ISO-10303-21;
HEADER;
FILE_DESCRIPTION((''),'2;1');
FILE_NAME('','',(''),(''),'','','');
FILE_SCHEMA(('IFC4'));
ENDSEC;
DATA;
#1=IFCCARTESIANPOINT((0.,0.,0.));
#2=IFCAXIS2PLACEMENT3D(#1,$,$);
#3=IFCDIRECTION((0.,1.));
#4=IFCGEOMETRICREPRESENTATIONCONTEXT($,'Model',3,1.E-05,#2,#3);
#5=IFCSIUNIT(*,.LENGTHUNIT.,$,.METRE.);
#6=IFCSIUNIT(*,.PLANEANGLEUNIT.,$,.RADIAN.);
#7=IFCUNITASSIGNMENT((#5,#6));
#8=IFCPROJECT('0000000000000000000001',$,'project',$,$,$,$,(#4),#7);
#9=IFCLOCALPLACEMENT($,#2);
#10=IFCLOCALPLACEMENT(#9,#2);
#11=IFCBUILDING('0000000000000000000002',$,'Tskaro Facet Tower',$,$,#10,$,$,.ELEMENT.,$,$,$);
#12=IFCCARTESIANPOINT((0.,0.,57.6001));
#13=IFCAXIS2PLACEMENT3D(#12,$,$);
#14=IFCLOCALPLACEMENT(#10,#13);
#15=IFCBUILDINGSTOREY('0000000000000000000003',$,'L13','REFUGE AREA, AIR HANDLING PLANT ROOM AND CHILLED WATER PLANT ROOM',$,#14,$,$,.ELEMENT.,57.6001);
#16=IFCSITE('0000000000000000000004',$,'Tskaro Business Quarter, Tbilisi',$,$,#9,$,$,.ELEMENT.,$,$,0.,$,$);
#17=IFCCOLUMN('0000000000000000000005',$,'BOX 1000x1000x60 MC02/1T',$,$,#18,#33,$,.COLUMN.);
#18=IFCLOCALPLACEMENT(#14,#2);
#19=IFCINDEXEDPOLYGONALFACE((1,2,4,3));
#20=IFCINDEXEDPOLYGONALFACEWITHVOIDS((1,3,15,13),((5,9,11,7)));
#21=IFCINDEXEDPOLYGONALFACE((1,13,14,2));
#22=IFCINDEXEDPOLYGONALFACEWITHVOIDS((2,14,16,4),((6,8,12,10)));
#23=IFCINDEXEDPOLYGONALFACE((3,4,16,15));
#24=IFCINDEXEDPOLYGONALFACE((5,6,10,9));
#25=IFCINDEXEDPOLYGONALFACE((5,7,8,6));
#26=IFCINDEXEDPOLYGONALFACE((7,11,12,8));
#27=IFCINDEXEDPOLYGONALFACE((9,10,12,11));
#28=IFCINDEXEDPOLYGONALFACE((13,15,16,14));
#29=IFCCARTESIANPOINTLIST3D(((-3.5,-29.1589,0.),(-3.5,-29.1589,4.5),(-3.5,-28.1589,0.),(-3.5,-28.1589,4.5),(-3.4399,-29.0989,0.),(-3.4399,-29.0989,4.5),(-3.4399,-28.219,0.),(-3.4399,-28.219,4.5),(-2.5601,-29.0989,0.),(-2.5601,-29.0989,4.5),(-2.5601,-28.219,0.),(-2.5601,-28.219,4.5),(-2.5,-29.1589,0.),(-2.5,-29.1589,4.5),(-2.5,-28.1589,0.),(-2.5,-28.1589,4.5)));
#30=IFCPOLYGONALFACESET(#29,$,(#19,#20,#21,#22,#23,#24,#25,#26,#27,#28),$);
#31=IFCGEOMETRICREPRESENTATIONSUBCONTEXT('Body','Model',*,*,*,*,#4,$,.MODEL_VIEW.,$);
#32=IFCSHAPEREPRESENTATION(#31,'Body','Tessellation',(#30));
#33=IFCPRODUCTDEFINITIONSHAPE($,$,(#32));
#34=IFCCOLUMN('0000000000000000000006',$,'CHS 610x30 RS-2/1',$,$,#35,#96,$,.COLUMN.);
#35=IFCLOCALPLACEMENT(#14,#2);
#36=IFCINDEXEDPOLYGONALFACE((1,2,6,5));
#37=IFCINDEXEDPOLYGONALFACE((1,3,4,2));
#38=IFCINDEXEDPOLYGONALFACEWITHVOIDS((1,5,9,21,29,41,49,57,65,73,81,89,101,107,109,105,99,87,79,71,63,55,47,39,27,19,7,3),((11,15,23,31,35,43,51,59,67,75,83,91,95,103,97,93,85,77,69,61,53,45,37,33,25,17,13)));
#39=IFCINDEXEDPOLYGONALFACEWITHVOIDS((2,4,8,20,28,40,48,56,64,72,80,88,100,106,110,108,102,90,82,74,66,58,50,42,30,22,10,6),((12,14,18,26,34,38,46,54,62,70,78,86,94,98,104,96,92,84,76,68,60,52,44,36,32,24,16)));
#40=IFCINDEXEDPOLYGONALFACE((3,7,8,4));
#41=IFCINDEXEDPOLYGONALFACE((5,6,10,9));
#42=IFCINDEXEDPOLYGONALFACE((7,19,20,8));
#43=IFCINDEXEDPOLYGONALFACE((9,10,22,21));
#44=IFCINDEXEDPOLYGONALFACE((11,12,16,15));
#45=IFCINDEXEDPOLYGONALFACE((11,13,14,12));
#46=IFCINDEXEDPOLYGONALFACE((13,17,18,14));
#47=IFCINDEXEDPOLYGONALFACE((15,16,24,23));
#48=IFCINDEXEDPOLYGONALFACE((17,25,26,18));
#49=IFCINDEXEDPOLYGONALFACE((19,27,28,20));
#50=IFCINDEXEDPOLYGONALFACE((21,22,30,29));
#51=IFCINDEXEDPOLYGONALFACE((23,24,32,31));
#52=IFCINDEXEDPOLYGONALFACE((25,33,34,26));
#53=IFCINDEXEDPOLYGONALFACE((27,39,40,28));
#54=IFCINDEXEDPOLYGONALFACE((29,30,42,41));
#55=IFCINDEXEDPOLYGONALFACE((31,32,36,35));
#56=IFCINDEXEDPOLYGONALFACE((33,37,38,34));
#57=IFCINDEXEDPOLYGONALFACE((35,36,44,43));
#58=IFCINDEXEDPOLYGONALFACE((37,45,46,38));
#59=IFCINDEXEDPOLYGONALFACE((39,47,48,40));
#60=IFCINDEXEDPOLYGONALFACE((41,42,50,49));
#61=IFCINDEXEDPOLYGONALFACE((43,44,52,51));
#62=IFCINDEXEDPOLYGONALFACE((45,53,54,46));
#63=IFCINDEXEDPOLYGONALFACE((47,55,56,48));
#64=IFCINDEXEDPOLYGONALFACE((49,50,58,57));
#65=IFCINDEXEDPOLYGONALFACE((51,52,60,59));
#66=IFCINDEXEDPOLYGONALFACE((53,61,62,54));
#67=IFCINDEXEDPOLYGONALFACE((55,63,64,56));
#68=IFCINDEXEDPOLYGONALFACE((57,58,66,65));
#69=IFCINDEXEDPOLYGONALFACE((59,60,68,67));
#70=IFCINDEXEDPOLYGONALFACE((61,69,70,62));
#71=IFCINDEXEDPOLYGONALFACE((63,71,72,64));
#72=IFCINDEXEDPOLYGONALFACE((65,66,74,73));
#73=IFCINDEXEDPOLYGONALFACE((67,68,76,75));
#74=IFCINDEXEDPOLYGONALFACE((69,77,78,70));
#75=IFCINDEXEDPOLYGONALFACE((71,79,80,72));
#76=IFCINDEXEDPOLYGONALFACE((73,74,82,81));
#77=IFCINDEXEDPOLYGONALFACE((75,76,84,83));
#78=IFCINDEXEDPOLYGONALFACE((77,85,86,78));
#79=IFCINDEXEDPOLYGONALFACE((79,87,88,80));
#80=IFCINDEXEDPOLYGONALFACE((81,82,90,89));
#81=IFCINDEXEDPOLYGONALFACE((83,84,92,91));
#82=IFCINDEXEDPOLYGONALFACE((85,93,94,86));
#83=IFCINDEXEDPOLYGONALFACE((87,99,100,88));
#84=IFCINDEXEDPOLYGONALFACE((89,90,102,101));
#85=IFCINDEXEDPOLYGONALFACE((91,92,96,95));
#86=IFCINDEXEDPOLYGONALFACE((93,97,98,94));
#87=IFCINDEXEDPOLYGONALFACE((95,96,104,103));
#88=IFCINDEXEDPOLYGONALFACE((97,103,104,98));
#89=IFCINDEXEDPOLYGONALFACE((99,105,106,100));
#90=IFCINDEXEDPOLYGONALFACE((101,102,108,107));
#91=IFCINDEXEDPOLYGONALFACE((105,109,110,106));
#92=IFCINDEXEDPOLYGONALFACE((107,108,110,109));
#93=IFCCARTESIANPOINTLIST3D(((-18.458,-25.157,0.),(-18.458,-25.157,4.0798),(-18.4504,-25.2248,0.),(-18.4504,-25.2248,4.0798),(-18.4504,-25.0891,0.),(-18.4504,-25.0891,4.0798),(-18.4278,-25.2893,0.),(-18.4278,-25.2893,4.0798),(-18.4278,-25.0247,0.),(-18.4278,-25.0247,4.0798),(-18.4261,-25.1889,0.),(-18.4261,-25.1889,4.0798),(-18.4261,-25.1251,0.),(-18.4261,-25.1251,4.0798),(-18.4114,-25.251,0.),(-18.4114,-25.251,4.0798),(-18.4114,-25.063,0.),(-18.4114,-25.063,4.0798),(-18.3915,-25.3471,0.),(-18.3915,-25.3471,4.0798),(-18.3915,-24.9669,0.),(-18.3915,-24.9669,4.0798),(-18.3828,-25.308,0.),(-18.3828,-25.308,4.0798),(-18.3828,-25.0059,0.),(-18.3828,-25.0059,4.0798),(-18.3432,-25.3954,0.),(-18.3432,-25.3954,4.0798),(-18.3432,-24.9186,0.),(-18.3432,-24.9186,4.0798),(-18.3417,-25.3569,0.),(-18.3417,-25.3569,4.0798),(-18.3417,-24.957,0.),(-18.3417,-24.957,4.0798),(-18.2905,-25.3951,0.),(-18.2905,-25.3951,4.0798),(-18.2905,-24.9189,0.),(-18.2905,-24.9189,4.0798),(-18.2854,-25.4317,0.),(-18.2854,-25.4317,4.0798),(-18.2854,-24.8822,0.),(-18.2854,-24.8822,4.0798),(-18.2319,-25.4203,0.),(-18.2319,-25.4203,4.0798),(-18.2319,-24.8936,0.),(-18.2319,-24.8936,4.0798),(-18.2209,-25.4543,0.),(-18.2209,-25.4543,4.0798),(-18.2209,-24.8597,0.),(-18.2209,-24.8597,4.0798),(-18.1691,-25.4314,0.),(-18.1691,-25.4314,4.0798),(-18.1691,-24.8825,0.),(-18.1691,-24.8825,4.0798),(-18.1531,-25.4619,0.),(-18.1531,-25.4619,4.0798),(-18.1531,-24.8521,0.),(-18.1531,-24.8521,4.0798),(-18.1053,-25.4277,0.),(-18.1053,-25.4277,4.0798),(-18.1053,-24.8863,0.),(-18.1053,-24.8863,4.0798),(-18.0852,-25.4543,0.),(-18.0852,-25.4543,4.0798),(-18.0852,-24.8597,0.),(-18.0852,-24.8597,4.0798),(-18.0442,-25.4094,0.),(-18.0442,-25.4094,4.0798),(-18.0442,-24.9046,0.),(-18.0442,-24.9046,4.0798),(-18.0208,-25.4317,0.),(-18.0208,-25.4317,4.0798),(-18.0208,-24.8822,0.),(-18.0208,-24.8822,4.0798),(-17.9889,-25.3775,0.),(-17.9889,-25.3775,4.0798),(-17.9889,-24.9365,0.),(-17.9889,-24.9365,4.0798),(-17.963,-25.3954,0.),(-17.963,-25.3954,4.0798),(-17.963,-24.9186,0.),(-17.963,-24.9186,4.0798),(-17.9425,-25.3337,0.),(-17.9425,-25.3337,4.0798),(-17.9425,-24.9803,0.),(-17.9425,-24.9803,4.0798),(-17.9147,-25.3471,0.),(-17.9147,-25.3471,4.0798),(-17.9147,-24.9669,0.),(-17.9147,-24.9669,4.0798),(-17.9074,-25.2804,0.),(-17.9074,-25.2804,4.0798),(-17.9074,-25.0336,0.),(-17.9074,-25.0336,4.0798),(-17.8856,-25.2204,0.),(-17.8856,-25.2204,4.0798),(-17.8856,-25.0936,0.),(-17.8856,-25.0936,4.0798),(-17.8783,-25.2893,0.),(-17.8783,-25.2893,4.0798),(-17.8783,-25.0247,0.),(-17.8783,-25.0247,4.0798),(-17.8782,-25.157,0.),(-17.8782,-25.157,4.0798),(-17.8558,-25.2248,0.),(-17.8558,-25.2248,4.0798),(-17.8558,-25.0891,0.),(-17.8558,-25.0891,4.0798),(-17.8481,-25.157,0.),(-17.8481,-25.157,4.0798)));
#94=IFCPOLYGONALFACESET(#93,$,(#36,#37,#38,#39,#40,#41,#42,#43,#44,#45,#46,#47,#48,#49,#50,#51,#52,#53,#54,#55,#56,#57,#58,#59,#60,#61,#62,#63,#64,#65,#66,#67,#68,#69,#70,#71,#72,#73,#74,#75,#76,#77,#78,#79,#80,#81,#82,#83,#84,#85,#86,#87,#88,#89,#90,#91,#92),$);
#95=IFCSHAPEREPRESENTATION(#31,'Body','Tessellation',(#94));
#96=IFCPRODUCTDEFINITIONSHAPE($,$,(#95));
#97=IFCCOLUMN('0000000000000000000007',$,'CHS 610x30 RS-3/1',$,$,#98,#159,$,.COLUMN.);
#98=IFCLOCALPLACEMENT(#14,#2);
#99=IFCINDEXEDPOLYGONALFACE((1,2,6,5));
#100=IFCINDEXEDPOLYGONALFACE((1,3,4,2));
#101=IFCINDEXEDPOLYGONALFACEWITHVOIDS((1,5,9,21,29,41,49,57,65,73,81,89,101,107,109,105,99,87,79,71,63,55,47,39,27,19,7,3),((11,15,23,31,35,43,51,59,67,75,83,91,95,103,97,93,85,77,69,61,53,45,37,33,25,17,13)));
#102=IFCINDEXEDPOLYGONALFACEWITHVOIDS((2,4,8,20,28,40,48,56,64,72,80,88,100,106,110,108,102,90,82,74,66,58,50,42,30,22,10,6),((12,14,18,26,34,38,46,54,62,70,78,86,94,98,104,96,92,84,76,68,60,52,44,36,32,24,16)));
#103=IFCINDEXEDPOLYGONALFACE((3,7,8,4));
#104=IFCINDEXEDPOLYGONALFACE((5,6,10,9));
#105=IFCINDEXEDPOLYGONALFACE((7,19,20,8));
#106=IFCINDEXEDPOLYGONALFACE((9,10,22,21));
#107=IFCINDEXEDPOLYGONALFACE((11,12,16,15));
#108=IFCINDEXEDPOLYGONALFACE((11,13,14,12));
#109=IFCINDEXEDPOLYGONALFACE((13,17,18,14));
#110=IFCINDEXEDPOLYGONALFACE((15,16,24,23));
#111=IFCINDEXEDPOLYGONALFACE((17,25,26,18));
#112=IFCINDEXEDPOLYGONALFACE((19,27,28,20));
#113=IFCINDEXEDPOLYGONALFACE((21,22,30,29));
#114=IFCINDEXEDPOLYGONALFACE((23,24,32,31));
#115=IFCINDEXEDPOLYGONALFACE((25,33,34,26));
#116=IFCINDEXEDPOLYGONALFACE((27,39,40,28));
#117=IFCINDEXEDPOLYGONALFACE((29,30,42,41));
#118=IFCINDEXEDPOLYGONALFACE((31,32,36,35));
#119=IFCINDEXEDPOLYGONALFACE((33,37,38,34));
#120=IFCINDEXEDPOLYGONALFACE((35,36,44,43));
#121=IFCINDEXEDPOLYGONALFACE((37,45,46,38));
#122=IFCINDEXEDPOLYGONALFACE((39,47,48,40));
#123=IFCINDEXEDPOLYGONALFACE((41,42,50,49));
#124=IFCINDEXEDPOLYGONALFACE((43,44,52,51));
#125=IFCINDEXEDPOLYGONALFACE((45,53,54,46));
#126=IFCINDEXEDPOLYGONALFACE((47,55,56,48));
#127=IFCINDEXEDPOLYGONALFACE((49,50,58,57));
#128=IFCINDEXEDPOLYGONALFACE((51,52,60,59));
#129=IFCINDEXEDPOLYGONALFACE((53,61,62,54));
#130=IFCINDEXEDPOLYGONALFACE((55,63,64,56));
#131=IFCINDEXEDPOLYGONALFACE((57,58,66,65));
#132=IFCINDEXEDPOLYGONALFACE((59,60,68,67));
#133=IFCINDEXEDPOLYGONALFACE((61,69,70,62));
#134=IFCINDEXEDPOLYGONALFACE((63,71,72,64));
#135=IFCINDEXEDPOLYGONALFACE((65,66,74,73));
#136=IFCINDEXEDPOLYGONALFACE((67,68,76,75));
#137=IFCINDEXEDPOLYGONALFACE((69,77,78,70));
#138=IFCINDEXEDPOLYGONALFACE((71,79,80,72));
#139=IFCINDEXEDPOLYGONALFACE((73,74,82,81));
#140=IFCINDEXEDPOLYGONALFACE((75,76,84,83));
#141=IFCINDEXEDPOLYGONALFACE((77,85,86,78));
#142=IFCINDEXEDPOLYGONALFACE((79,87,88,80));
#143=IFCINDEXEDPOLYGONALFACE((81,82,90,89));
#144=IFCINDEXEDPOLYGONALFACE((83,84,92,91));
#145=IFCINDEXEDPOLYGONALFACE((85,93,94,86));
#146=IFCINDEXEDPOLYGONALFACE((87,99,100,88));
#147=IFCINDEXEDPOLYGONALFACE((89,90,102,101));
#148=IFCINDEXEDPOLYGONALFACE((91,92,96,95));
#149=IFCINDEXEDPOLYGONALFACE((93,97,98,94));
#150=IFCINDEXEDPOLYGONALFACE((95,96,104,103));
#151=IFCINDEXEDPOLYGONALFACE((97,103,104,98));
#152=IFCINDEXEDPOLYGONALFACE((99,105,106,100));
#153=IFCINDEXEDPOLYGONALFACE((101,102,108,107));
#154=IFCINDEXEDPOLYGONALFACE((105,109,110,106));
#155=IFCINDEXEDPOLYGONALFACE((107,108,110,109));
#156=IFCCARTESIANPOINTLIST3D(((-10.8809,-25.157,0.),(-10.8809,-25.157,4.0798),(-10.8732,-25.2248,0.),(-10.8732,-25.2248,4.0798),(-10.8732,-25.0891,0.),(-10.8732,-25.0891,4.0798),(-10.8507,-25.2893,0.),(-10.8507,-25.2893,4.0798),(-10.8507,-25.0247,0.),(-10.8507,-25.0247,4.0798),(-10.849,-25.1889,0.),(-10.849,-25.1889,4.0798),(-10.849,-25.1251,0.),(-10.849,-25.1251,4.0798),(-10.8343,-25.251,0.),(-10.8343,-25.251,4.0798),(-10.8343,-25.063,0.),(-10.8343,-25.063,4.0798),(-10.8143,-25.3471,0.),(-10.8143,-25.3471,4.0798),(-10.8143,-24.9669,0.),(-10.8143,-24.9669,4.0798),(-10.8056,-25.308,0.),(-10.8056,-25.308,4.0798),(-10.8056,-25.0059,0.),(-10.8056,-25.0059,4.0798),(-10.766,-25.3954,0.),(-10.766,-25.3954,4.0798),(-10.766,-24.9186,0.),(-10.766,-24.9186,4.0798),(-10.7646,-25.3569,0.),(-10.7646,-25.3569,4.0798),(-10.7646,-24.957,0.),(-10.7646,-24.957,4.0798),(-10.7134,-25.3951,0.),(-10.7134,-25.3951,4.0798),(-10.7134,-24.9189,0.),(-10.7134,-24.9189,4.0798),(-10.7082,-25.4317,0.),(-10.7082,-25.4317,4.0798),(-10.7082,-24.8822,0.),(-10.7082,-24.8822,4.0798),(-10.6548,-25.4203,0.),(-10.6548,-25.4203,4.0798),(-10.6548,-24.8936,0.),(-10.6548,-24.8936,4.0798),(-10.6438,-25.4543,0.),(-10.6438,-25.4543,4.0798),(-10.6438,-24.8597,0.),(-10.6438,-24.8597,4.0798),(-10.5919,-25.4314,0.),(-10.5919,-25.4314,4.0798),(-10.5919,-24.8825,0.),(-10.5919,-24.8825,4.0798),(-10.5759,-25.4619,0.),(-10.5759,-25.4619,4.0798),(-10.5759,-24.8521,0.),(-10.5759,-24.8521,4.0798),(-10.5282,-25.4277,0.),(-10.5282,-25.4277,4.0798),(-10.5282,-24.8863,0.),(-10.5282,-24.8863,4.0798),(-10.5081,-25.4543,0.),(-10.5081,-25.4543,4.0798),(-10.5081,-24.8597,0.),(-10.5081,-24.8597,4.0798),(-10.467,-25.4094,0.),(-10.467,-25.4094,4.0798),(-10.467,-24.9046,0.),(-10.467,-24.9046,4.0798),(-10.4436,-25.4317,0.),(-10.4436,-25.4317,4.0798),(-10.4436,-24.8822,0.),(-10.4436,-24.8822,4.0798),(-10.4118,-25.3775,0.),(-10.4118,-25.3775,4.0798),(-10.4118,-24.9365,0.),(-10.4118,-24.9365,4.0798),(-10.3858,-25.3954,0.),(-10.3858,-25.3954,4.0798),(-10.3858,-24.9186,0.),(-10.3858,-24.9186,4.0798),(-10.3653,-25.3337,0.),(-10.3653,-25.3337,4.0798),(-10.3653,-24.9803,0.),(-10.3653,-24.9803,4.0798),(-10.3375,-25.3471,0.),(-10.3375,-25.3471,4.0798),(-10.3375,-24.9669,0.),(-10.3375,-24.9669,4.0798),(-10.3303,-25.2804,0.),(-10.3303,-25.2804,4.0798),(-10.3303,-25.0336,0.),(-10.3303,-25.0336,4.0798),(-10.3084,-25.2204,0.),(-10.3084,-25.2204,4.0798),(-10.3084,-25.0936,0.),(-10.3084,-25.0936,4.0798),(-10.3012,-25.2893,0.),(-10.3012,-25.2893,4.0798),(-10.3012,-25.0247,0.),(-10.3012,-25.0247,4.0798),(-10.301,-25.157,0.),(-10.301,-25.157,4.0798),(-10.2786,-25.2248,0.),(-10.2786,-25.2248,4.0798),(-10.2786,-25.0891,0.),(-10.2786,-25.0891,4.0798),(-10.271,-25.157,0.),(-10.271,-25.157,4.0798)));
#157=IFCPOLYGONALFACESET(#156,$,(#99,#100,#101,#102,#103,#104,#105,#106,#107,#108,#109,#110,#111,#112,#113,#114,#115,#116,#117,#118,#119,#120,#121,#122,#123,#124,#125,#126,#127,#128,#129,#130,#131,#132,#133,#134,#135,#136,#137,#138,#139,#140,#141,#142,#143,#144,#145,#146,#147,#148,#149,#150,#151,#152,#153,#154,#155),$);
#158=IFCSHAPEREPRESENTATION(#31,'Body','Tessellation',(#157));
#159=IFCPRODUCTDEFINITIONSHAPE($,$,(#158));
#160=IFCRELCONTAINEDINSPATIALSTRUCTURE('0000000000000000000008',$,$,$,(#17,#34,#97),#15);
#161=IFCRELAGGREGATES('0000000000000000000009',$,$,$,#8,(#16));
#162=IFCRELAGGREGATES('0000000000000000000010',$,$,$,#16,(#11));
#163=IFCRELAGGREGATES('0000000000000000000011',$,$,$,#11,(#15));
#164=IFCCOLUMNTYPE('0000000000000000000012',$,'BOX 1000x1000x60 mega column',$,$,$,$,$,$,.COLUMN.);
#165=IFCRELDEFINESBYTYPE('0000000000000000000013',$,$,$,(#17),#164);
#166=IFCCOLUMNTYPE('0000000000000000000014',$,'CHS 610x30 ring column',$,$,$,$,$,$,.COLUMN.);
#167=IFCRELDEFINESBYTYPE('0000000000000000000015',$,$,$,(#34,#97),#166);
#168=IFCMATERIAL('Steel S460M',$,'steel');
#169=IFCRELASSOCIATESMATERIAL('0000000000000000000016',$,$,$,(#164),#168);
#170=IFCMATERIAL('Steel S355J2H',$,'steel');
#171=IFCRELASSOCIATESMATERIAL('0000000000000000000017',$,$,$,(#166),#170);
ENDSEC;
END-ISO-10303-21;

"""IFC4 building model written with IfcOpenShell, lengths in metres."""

from ifc_helpers import new_model, si_unit, direction, frame, origin, origin_2d, place, context, subcontext, project, spatial, hollow_rectangle, hollow_circle, extrude, material, material_profile, profile_set, type_object, element, save


model = new_model("IFC4")

# Units and contexts
model_context = context("Model", 3, precision=1e-05, world=origin(), true_north=direction((0.0, 1.0)))
body_context = subcontext(model_context, "Body", "Model", "MODEL_VIEW")
ifc_project = project(units=[si_unit("LENGTHUNIT", "METRE"), si_unit("PLANEANGLEUNIT", "RADIAN")], contexts=[model_context])

# Site, building, storey
site_placement = place(None, origin())
site = spatial("IfcSite", under=ifc_project, at=site_placement, Name="Tskaro Business Quarter, Tbilisi", CompositionType="ELEMENT", RefElevation=0.0)
building_placement = place(site_placement, origin())
building = spatial("IfcBuilding", under=site, at=building_placement, Name="Tskaro Facet Tower", CompositionType="ELEMENT")
storey_placement = place(building_placement, frame((0.0, 0.0, 57.6001)))
storey = spatial("IfcBuildingStorey", under=building, at=storey_placement, Name="L13", Description="REFUGE AREA, AIR HANDLING PLANT ROOM AND CHILLED WATER PLANT ROOM", CompositionType="ELEMENT", Elevation=57.6001)

# Columns
ifc_material_1 = material(Name="Steel S460M", Category="steel")
ifc_material_profile_1 = material_profile(ifc_material_1, hollow_rectangle(XDim=1.0, YDim=1.0, WallThickness=0.0601, at=origin_2d()), Name="BOX 1000x1000x60")
ifc_profile_set_1 = profile_set([ifc_material_profile_1], Name="Steel S460M")
column_type_1 = type_object("IfcColumnType", Name="BOX 1000x1000x60 mega column", PredefinedType="COLUMN", material=ifc_profile_set_1)
column_1_placement = place(storey_placement, frame((-3.0, -28.6589, 0.0), z_axis=(0.0, 0.0, 1.0), x_axis=(1.0, 0.0, 0.0)))
element("IfcColumn", 1, at=column_1_placement, inside=storey, type_object=column_type_1, Name="BOX 1000x1000x60 MC02/1T", PredefinedType="COLUMN", context=body_context, shape_type="SweptSolid", body=[
    extrude(hollow_rectangle(XDim=1.0, YDim=1.0, WallThickness=0.0601, at=origin_2d()), origin(), (0.0, 0.0, 1.0), 4.5),
])
ifc_material_2 = material(Name="Steel S355J2H", Category="steel")
ifc_material_profile_2 = material_profile(ifc_material_2, hollow_circle(Radius=0.3049, WallThickness=0.03, at=origin_2d()), Name="CHS 610x30")
ifc_profile_set_2 = profile_set([ifc_material_profile_2], Name="Steel S355J2H")
column_type_2 = type_object("IfcColumnType", Name="CHS 610x30 ring column", PredefinedType="COLUMN", material=ifc_profile_set_2)
for number, where, z_axis, x_axis, name in (
    (2, (-18.1531, -25.157, 0.0), (0.0, 0.0, 1.0), (1.0, 0.0, 0.0), "CHS 610x30 RS-2/1"),
    (3, (-10.5759, -25.157, 0.0), (0.0, 0.0, 1.0), (1.0, 0.0, 0.0), "CHS 610x30 RS-3/1"),
):
    element("IfcColumn", number, at=place(storey_placement, frame(where, z_axis=z_axis, x_axis=x_axis)), inside=storey, type_object=column_type_2, Name=name, PredefinedType="COLUMN", context=body_context, shape_type="SweptSolid", body=[
        extrude(hollow_circle(Radius=0.3049, WallThickness=0.03, at=origin_2d()), origin(), (0.0, 0.0, 1.0), 4.0798),
    ])

save(model, "model.ifc")
